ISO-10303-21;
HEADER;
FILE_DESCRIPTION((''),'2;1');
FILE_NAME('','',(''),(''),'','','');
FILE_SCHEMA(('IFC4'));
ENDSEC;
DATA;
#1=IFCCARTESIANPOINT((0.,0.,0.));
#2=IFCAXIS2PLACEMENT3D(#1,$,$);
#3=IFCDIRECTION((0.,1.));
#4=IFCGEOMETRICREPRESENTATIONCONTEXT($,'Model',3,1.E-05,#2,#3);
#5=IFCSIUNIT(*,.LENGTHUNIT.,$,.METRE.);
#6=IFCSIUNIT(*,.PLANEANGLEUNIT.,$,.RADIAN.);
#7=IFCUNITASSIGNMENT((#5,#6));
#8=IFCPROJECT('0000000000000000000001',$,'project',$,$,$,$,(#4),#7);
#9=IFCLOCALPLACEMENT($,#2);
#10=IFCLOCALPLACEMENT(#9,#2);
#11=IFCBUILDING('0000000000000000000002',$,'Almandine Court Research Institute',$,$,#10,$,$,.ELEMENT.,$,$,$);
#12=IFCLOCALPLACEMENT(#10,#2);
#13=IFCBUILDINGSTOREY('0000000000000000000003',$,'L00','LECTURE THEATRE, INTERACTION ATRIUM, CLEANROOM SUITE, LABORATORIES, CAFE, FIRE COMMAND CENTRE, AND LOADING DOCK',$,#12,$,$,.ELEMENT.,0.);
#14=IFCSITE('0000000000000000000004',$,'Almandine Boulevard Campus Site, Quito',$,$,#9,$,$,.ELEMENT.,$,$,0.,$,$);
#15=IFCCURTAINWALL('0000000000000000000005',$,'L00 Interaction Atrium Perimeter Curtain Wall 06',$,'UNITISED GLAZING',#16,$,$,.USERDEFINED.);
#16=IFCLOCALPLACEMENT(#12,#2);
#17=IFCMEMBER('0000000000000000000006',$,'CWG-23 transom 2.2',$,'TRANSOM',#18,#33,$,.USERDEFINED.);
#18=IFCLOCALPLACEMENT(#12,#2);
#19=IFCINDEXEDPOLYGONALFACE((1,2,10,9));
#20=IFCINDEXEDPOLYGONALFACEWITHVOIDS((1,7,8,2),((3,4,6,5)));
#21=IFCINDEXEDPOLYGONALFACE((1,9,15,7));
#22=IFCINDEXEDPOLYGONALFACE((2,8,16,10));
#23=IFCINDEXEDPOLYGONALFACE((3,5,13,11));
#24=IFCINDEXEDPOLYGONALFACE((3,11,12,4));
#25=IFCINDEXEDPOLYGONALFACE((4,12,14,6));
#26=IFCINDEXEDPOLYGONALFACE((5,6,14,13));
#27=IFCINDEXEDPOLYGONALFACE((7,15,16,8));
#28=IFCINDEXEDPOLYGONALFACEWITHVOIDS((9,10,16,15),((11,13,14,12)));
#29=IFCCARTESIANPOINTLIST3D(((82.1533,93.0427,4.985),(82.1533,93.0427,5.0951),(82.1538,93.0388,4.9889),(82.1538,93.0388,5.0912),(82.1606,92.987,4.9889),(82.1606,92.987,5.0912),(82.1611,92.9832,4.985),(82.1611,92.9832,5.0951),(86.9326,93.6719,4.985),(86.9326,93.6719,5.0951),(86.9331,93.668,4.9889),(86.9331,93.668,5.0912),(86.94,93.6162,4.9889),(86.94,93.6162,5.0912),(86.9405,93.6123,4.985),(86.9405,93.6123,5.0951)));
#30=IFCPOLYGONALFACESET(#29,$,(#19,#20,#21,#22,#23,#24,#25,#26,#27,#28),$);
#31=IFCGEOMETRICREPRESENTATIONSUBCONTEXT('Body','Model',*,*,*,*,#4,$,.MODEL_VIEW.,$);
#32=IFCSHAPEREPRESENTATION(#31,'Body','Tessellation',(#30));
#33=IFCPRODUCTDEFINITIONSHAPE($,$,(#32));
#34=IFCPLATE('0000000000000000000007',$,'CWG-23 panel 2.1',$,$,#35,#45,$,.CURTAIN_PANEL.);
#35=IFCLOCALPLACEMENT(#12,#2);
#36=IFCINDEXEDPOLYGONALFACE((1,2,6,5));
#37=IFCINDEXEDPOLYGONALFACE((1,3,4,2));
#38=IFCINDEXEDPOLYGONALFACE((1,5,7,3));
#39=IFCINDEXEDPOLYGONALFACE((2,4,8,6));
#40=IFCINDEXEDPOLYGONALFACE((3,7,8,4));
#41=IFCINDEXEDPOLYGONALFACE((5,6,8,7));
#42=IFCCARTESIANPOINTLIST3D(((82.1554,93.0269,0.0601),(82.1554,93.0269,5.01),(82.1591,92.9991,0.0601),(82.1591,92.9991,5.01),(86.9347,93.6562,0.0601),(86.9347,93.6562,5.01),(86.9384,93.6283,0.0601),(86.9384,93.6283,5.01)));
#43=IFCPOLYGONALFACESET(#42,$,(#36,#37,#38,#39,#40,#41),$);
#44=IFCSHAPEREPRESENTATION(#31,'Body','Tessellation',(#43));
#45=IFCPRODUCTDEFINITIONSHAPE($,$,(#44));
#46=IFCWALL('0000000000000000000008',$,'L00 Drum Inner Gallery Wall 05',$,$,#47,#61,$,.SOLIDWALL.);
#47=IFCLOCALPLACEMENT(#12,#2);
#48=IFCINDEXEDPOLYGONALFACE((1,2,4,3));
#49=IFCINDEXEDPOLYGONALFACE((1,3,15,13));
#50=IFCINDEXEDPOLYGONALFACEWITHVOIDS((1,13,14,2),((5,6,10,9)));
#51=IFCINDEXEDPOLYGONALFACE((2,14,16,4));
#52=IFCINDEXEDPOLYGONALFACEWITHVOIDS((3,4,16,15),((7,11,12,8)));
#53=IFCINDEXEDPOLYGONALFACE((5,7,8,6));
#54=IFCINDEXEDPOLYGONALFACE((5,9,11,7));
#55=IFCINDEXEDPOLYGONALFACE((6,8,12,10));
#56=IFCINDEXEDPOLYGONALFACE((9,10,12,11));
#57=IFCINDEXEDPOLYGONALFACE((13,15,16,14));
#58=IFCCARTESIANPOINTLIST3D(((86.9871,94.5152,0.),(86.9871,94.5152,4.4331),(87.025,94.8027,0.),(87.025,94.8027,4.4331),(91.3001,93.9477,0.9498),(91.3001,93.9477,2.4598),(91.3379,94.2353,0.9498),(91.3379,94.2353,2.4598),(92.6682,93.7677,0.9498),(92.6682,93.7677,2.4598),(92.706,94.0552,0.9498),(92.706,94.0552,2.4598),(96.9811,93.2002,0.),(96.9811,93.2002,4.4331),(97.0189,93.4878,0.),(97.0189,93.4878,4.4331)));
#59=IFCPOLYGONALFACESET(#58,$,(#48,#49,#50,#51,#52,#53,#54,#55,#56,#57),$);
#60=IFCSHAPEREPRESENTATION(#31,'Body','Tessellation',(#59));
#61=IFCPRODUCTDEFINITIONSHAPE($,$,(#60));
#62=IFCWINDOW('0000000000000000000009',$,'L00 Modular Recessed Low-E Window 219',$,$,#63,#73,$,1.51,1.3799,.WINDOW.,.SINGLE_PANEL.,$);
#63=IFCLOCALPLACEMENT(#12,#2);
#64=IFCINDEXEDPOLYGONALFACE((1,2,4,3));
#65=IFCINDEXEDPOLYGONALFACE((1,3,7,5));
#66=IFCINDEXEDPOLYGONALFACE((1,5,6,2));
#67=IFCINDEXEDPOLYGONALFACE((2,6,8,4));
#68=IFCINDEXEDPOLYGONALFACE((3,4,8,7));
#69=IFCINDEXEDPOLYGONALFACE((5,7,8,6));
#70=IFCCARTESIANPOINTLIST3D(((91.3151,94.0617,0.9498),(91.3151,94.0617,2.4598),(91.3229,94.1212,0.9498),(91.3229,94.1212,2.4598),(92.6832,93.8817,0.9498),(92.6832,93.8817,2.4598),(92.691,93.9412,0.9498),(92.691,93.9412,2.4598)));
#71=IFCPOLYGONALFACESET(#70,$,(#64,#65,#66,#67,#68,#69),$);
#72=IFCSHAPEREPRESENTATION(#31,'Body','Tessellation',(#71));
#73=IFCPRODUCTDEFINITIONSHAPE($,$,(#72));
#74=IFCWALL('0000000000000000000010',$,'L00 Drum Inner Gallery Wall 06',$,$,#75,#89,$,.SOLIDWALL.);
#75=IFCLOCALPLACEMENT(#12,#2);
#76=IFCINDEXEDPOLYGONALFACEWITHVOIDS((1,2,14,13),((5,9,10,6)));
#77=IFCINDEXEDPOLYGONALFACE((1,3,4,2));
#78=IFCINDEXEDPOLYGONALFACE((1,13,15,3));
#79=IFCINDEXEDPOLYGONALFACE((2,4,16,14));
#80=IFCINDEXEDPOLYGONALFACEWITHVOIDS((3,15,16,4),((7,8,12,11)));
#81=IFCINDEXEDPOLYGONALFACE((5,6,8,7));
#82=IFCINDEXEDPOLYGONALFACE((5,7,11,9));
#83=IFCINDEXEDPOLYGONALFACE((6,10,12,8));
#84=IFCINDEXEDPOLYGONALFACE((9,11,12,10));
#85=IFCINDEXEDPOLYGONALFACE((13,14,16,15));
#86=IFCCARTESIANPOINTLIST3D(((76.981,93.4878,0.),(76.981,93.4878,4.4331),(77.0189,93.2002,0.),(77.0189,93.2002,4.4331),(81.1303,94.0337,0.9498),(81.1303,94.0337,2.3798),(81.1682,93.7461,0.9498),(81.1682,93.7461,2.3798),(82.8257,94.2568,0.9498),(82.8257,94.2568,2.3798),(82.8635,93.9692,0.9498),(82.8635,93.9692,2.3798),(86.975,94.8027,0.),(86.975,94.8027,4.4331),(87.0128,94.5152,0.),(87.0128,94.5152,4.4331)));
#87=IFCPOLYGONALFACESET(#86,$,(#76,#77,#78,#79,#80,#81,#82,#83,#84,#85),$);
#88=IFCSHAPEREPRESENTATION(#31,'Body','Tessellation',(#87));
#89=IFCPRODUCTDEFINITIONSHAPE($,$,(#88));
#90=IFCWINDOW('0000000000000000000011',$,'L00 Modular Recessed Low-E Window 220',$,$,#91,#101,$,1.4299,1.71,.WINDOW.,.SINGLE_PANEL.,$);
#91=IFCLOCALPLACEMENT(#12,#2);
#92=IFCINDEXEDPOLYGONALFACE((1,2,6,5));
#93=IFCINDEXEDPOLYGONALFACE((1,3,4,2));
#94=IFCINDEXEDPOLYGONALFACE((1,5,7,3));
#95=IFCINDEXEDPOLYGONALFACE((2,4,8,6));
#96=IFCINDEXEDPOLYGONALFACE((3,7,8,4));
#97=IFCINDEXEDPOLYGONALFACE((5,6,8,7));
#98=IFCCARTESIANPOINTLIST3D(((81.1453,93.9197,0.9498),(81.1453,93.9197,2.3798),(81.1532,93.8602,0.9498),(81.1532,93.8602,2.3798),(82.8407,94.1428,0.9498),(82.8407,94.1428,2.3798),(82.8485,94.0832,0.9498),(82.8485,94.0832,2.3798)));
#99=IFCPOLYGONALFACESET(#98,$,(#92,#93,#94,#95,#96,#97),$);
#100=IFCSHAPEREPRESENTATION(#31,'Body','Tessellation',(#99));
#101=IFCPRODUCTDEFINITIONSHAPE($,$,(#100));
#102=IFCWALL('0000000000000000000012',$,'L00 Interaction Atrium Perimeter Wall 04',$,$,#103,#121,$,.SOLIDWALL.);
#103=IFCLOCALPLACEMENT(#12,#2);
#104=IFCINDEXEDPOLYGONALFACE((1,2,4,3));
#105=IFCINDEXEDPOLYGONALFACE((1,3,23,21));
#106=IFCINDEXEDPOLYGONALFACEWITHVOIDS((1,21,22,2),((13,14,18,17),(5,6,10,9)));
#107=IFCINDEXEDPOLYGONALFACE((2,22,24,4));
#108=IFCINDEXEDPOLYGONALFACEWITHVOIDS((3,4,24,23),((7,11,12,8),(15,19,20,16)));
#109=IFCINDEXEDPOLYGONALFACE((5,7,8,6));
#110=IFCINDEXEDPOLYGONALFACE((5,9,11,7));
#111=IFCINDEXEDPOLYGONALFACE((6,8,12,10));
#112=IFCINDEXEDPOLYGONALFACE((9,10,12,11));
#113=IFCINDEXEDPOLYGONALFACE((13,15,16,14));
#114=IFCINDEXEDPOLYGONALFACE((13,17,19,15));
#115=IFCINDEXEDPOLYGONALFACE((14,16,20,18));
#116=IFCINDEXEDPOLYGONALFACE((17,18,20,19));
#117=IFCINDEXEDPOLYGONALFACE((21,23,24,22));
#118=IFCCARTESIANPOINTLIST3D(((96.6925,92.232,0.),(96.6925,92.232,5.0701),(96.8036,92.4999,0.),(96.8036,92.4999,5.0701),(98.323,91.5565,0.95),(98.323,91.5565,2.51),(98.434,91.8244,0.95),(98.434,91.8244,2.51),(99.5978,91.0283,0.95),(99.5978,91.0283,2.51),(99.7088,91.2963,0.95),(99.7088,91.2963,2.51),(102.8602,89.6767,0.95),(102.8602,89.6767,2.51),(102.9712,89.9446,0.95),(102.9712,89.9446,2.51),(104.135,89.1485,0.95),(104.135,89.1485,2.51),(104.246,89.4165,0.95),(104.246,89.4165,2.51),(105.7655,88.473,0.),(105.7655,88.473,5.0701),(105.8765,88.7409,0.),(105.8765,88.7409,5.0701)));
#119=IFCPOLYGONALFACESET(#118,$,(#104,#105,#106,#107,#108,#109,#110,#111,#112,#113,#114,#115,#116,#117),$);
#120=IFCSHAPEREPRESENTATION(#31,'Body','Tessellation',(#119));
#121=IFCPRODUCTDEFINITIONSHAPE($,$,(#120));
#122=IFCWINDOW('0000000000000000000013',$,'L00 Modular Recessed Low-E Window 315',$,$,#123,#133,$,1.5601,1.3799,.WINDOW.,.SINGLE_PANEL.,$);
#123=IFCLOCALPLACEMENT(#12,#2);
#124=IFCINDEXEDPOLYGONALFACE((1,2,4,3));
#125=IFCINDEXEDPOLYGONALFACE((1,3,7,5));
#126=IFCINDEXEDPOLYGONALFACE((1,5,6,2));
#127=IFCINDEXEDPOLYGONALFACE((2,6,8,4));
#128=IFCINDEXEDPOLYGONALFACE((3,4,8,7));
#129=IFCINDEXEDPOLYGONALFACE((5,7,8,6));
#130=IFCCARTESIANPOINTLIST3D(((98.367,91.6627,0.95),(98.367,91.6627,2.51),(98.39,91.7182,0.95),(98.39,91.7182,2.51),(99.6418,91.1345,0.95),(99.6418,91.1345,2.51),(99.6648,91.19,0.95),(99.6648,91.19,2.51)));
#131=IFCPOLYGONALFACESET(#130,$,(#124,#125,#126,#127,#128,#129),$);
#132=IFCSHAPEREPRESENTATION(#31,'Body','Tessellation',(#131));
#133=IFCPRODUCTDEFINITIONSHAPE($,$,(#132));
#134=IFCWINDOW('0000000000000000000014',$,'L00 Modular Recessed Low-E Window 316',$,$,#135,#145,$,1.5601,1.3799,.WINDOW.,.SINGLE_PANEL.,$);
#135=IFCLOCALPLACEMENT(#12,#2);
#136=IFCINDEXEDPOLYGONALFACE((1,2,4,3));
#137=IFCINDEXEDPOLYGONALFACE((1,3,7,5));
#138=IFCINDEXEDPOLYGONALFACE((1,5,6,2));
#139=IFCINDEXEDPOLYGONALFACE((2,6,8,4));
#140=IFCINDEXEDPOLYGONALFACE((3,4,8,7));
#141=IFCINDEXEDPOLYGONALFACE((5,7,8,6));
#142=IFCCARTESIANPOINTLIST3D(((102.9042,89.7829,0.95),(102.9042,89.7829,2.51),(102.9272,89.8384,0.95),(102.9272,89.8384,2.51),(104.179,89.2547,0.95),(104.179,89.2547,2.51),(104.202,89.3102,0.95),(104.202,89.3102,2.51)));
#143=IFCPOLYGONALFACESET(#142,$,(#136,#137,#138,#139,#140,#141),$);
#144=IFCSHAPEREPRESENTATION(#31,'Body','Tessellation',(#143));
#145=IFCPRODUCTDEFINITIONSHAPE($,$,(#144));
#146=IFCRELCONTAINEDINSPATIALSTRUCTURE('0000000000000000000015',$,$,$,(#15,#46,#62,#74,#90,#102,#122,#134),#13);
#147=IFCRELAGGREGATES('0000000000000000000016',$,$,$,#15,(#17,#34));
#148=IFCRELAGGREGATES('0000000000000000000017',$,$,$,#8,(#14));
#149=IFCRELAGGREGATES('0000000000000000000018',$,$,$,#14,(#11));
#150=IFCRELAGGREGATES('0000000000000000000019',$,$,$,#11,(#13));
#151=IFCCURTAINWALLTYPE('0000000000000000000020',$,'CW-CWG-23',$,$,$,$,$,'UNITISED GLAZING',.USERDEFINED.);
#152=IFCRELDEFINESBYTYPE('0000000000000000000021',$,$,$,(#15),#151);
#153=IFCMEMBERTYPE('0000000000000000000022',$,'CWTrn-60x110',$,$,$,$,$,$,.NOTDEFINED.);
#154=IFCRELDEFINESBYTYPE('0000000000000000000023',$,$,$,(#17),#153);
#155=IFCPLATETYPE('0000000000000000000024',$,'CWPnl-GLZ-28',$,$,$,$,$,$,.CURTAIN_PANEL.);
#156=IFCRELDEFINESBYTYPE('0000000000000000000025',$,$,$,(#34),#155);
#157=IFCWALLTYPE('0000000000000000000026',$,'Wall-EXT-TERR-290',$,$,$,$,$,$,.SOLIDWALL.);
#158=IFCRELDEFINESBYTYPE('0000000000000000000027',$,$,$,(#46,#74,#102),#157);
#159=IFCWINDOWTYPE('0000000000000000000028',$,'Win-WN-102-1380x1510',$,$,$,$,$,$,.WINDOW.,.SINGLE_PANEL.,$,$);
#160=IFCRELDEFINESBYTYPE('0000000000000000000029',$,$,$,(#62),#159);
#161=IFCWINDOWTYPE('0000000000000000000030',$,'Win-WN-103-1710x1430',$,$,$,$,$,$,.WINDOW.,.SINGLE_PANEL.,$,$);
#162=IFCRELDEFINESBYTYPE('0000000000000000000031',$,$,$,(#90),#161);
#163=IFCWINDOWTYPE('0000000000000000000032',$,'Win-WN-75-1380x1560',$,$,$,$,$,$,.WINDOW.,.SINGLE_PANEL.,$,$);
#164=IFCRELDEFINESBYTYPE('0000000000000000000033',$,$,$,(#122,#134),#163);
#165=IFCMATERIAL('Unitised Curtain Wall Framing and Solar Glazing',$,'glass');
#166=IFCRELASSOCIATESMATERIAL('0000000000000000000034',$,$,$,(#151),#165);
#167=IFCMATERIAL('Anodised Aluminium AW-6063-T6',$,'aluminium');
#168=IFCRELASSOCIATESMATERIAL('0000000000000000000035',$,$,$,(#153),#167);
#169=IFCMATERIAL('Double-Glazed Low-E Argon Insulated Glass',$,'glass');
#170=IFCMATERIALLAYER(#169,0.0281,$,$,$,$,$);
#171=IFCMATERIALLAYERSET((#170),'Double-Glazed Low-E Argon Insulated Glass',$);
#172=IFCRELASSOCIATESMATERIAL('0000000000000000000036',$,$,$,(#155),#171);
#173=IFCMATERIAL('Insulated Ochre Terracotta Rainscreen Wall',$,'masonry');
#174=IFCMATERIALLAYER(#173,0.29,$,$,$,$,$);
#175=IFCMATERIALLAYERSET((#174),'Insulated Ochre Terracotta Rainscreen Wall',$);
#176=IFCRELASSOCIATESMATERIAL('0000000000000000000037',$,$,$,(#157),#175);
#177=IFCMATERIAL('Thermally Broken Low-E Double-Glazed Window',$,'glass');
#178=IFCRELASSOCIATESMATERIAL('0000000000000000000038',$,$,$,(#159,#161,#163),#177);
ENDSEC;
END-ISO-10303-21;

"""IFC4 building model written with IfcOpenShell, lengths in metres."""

from ifc_helpers import new_model, si_unit, direction, frame, frame_2d, origin, origin_2d, place, context, subcontext, project, spatial, rectangle, hollow_rectangle, extrude, material, layer, layer_set, material_profile, profile_set, type_object, element, fill, aggregate, save


model = new_model("IFC4")

# Units and contexts
model_context = context("Model", 3, precision=1e-05, world=origin(), true_north=direction((0.0, 1.0)))
body_context = subcontext(model_context, "Body", "Model", "MODEL_VIEW")
ifc_project = project(units=[si_unit("LENGTHUNIT", "METRE"), si_unit("PLANEANGLEUNIT", "RADIAN")], contexts=[model_context])

# Site, building, storey
site_placement = place(None, origin())
site = spatial("IfcSite", under=ifc_project, at=site_placement, Name="Almandine Boulevard Campus Site, Quito", CompositionType="ELEMENT", RefElevation=0.0)
building_placement = place(site_placement, origin())
building = spatial("IfcBuilding", under=site, at=building_placement, Name="Almandine Court Research Institute", CompositionType="ELEMENT")
storey_placement = place(building_placement, origin())
storey = spatial("IfcBuildingStorey", under=building, at=storey_placement, Name="L00", Description="LECTURE THEATRE, INTERACTION ATRIUM, CLEANROOM SUITE, LABORATORIES, CAFE, FIRE COMMAND CENTRE, AND LOADING DOCK", CompositionType="ELEMENT", Elevation=0.0)

# Curtain wall, member, plate
ifc_material_1 = material(Name="Unitised Curtain Wall Framing and Solar Glazing", Category="glass")
curtain_wall_type = type_object("IfcCurtainWallType", Name="CW-CWG-23", ElementType="UNITISED GLAZING", PredefinedType="USERDEFINED", material=ifc_material_1)
curtain_wall_placement = place(storey_placement, origin())
curtain_wall = element("IfcCurtainWall", 1, at=curtain_wall_placement, inside=storey, type_object=curtain_wall_type, Name="L00 Interaction Atrium Perimeter Curtain Wall 06", ObjectType="UNITISED GLAZING", PredefinedType="USERDEFINED")
ifc_material_2 = material(Name="Anodised Aluminium AW-6063-T6", Category="aluminium")
ifc_material_profile_1 = material_profile(ifc_material_2, hollow_rectangle(XDim=0.0601, YDim=0.1101, WallThickness=0.0039, at=origin_2d()), Name="ALU RHS 60x110x4")
ifc_profile_set_1 = profile_set([ifc_material_profile_1], Name="Anodised Aluminium AW-6063-T6")
member_type_1 = type_object("IfcMemberType", Name="CWTrn-60x110", PredefinedType="NOTDEFINED", material=ifc_profile_set_1)
member_1_placement = place(storey_placement, frame((82.1572, 93.0129, 5.04), z_axis=(0.991446, 0.130515, 0.0), x_axis=(-0.130515, 0.991446, 0.0)))
member_1 = element("IfcMember", 2, at=member_1_placement, type_object=member_type_1, Name="CWG-23 transom 2.2", ObjectType="TRANSOM", PredefinedType="USERDEFINED", context=body_context, shape_type="SweptSolid", body=[
    extrude(hollow_rectangle(XDim=0.0601, YDim=0.1101, WallThickness=0.0039, at=origin_2d()), origin(), (0.0, 0.0, 1.0), 4.8206),
])
ifc_material_3 = material(Name="Double-Glazed Low-E Argon Insulated Glass", Category="glass")
ifc_layer_1 = layer(ifc_material_3, 0.0281)
ifc_layer_set_1 = layer_set([ifc_layer_1], Name="Double-Glazed Low-E Argon Insulated Glass")
plate_type = type_object("IfcPlateType", Name="CWPnl-GLZ-28", PredefinedType="CURTAIN_PANEL", material=ifc_layer_set_1)
plate_placement = place(storey_placement, frame((84.5469, 93.3276, 0.0601), z_axis=(0.0, 0.0, 1.0), x_axis=(0.991444, 0.130536, 0.0)))
plate = element("IfcPlate", 3, at=plate_placement, type_object=plate_type, Name="CWG-23 panel 2.1", PredefinedType="CURTAIN_PANEL", context=body_context, shape_type="SweptSolid", body=[
    extrude(rectangle(XDim=4.8206, YDim=0.0281, at=origin_2d()), origin(), (0.0, 0.0, 1.0), 4.95),
])
aggregate(curtain_wall, [member_1, plate])

# Walls, openings, windows
ifc_material_4 = material(Name="Insulated Ochre Terracotta Rainscreen Wall", Category="masonry")
ifc_layer_2 = layer(ifc_material_4, 0.29)
ifc_layer_set_2 = layer_set([ifc_layer_2], Name="Insulated Ochre Terracotta Rainscreen Wall")
wall_type_1 = type_object("IfcWallType", Name="Wall-EXT-TERR-290", PredefinedType="SOLIDWALL", material=ifc_layer_set_2)
wall_1_placement = place(storey_placement, frame((97.0, 93.344, 0.0), z_axis=(0.0, 0.0, 1.0), x_axis=(-0.991455, 0.13045, 0.0)))
wall_1 = element("IfcWall", 4, at=wall_1_placement, inside=storey, type_object=wall_type_1, Name="L00 Drum Inner Gallery Wall 05", PredefinedType="SOLIDWALL", context=body_context, shape_type="SweptSolid", body=[
    extrude(rectangle(XDim=10.0801, YDim=0.29, at=frame_2d((5.04, 0.0))), origin(), (0.0, 0.0, 1.0), 4.4331),
])
opening_1_placement = place(wall_1_placement, frame((4.3501, 0.0, 0.95)))
opening_1 = element("IfcOpeningElement", 5, at=opening_1_placement, cuts=wall_1, PredefinedType="OPENING", context=body_context, shape_type="SweptSolid", body=[
    extrude(rectangle(XDim=1.3799, YDim=1.51, at=frame_2d((0.6899, 0.7549))), frame((0.0, 0.155, 0.0), z_axis=(0.0, -1.0, 0.0), x_axis=(1.0, 0.0, 0.0)), (0.0, 0.0, 1.0), 0.3101),
])
ifc_material_5 = material(Name="Thermally Broken Low-E Double-Glazed Window", Category="glass")
window_type_1 = type_object("IfcWindowType", Name="Win-WN-102-1380x1510", PartitioningType="SINGLE_PANEL", PredefinedType="WINDOW", material=ifc_material_5)
window_1_placement = place(opening_1_placement, origin())
window_1 = element("IfcWindow", 6, at=window_1_placement, inside=storey, type_object=window_type_1, Name="L00 Modular Recessed Low-E Window 219", OverallHeight=1.51, OverallWidth=1.3799, PartitioningType="SINGLE_PANEL", PredefinedType="WINDOW", context=body_context, shape_type="SweptSolid", body=[
    extrude(rectangle(XDim=1.3799, YDim=1.51, at=frame_2d((0.6899, 0.7549))), frame((0.0, 0.03, 0.0), z_axis=(0.0, -1.0, 0.0), x_axis=(1.0, 0.0, 0.0)), (0.0, 0.0, 1.0), 0.0601),
])
fill(opening_1, window_1)
wall_2_placement = place(storey_placement, frame((86.9939, 94.6589, 0.0), z_axis=(0.0, 0.0, 1.0), x_axis=(-0.991455, -0.13045, 0.0)))
wall_2 = element("IfcWall", 7, at=wall_2_placement, inside=storey, type_object=wall_type_1, Name="L00 Drum Inner Gallery Wall 06", PredefinedType="SOLIDWALL", context=body_context, shape_type="SweptSolid", body=[
    extrude(rectangle(XDim=10.0801, YDim=0.29, at=frame_2d((5.04, 0.0))), origin(), (0.0, 0.0, 1.0), 4.4331),
])
opening_2_placement = place(wall_2_placement, frame((4.1851, 0.0, 0.95)))
opening_2 = element("IfcOpeningElement", 8, at=opening_2_placement, cuts=wall_2, PredefinedType="OPENING", context=body_context, shape_type="SweptSolid", body=[
    extrude(rectangle(XDim=1.71, YDim=1.4299, at=frame_2d((0.855, 0.7148))), frame((0.0, 0.155, 0.0), z_axis=(0.0, -1.0, 0.0), x_axis=(1.0, 0.0, 0.0)), (0.0, 0.0, 1.0), 0.3101),
])
window_type_2 = type_object("IfcWindowType", Name="Win-WN-103-1710x1430", PartitioningType="SINGLE_PANEL", PredefinedType="WINDOW", material=ifc_material_5)
window_2_placement = place(opening_2_placement, origin())
window_2 = element("IfcWindow", 9, at=window_2_placement, inside=storey, type_object=window_type_2, Name="L00 Modular Recessed Low-E Window 220", OverallHeight=1.4299, OverallWidth=1.71, PartitioningType="SINGLE_PANEL", PredefinedType="WINDOW", context=body_context, shape_type="SweptSolid", body=[
    extrude(rectangle(XDim=1.71, YDim=1.4299, at=frame_2d((0.855, 0.7148))), frame((0.0, 0.03, 0.0), z_axis=(0.0, -1.0, 0.0), x_axis=(1.0, 0.0, 0.0)), (0.0, 0.0, 1.0), 0.0601),
])
fill(opening_2, window_2)

# Wall, openings, windows
wall_3_placement = place(storey_placement, frame((96.748, 92.366, 0.0), z_axis=(0.0, 0.0, 1.0), x_axis=(0.923848, -0.382759, 0.0)))
wall_3 = element("IfcWall", 10, at=wall_3_placement, inside=storey, type_object=wall_type_1, Name="L00 Interaction Atrium Perimeter Wall 04", PredefinedType="SOLIDWALL", context=body_context, shape_type="SweptSolid", body=[
    extrude(rectangle(XDim=9.8208, YDim=0.29, at=frame_2d((4.9104, 0.0))), origin(), (0.0, 0.0, 1.0), 5.0701),
])
opening_3_placement = place(wall_3_placement, frame((1.7649, 0.0, 0.95)))
opening_3 = element("IfcOpeningElement", 11, at=opening_3_placement, cuts=wall_3, PredefinedType="OPENING", context=body_context, shape_type="SweptSolid", body=[
    extrude(rectangle(XDim=1.3799, YDim=1.5601, at=frame_2d((0.6899, 0.78))), frame((0.0, 0.155, 0.0), z_axis=(0.0, -1.0, 0.0), x_axis=(1.0, 0.0, 0.0)), (0.0, 0.0, 1.0), 0.3101),
])
opening_4_placement = place(wall_3_placement, frame((6.676, 0.0, 0.95)))
opening_4 = element("IfcOpeningElement", 12, at=opening_4_placement, cuts=wall_3, PredefinedType="OPENING", context=body_context, shape_type="SweptSolid", body=[
    extrude(rectangle(XDim=1.3799, YDim=1.5601, at=frame_2d((0.6899, 0.78))), frame((0.0, 0.155, 0.0), z_axis=(0.0, -1.0, 0.0), x_axis=(1.0, 0.0, 0.0)), (0.0, 0.0, 1.0), 0.3101),
])
window_type_3 = type_object("IfcWindowType", Name="Win-WN-75-1380x1560", PartitioningType="SINGLE_PANEL", PredefinedType="WINDOW", material=ifc_material_5)
window_3_placement = place(opening_3_placement, origin())
window_3 = element("IfcWindow", 13, at=window_3_placement, inside=storey, type_object=window_type_3, Name="L00 Modular Recessed Low-E Window 315", OverallHeight=1.5601, OverallWidth=1.3799, PartitioningType="SINGLE_PANEL", PredefinedType="WINDOW", context=body_context, shape_type="SweptSolid", body=[
    extrude(rectangle(XDim=1.3799, YDim=1.5601, at=frame_2d((0.6899, 0.78))), frame((0.0, 0.03, 0.0), z_axis=(0.0, -1.0, 0.0), x_axis=(1.0, 0.0, 0.0)), (0.0, 0.0, 1.0), 0.0601),
])
fill(opening_3, window_3)
window_4_placement = place(opening_4_placement, origin())
window_4 = element("IfcWindow", 14, at=window_4_placement, inside=storey, type_object=window_type_3, Name="L00 Modular Recessed Low-E Window 316", OverallHeight=1.5601, OverallWidth=1.3799, PartitioningType="SINGLE_PANEL", PredefinedType="WINDOW", context=body_context, shape_type="SweptSolid", body=[
    extrude(rectangle(XDim=1.3799, YDim=1.5601, at=frame_2d((0.6899, 0.78))), frame((0.0, 0.03, 0.0), z_axis=(0.0, -1.0, 0.0), x_axis=(1.0, 0.0, 0.0)), (0.0, 0.0, 1.0), 0.0601),
])
fill(opening_4, window_4)

save(model, "model.ifc")
